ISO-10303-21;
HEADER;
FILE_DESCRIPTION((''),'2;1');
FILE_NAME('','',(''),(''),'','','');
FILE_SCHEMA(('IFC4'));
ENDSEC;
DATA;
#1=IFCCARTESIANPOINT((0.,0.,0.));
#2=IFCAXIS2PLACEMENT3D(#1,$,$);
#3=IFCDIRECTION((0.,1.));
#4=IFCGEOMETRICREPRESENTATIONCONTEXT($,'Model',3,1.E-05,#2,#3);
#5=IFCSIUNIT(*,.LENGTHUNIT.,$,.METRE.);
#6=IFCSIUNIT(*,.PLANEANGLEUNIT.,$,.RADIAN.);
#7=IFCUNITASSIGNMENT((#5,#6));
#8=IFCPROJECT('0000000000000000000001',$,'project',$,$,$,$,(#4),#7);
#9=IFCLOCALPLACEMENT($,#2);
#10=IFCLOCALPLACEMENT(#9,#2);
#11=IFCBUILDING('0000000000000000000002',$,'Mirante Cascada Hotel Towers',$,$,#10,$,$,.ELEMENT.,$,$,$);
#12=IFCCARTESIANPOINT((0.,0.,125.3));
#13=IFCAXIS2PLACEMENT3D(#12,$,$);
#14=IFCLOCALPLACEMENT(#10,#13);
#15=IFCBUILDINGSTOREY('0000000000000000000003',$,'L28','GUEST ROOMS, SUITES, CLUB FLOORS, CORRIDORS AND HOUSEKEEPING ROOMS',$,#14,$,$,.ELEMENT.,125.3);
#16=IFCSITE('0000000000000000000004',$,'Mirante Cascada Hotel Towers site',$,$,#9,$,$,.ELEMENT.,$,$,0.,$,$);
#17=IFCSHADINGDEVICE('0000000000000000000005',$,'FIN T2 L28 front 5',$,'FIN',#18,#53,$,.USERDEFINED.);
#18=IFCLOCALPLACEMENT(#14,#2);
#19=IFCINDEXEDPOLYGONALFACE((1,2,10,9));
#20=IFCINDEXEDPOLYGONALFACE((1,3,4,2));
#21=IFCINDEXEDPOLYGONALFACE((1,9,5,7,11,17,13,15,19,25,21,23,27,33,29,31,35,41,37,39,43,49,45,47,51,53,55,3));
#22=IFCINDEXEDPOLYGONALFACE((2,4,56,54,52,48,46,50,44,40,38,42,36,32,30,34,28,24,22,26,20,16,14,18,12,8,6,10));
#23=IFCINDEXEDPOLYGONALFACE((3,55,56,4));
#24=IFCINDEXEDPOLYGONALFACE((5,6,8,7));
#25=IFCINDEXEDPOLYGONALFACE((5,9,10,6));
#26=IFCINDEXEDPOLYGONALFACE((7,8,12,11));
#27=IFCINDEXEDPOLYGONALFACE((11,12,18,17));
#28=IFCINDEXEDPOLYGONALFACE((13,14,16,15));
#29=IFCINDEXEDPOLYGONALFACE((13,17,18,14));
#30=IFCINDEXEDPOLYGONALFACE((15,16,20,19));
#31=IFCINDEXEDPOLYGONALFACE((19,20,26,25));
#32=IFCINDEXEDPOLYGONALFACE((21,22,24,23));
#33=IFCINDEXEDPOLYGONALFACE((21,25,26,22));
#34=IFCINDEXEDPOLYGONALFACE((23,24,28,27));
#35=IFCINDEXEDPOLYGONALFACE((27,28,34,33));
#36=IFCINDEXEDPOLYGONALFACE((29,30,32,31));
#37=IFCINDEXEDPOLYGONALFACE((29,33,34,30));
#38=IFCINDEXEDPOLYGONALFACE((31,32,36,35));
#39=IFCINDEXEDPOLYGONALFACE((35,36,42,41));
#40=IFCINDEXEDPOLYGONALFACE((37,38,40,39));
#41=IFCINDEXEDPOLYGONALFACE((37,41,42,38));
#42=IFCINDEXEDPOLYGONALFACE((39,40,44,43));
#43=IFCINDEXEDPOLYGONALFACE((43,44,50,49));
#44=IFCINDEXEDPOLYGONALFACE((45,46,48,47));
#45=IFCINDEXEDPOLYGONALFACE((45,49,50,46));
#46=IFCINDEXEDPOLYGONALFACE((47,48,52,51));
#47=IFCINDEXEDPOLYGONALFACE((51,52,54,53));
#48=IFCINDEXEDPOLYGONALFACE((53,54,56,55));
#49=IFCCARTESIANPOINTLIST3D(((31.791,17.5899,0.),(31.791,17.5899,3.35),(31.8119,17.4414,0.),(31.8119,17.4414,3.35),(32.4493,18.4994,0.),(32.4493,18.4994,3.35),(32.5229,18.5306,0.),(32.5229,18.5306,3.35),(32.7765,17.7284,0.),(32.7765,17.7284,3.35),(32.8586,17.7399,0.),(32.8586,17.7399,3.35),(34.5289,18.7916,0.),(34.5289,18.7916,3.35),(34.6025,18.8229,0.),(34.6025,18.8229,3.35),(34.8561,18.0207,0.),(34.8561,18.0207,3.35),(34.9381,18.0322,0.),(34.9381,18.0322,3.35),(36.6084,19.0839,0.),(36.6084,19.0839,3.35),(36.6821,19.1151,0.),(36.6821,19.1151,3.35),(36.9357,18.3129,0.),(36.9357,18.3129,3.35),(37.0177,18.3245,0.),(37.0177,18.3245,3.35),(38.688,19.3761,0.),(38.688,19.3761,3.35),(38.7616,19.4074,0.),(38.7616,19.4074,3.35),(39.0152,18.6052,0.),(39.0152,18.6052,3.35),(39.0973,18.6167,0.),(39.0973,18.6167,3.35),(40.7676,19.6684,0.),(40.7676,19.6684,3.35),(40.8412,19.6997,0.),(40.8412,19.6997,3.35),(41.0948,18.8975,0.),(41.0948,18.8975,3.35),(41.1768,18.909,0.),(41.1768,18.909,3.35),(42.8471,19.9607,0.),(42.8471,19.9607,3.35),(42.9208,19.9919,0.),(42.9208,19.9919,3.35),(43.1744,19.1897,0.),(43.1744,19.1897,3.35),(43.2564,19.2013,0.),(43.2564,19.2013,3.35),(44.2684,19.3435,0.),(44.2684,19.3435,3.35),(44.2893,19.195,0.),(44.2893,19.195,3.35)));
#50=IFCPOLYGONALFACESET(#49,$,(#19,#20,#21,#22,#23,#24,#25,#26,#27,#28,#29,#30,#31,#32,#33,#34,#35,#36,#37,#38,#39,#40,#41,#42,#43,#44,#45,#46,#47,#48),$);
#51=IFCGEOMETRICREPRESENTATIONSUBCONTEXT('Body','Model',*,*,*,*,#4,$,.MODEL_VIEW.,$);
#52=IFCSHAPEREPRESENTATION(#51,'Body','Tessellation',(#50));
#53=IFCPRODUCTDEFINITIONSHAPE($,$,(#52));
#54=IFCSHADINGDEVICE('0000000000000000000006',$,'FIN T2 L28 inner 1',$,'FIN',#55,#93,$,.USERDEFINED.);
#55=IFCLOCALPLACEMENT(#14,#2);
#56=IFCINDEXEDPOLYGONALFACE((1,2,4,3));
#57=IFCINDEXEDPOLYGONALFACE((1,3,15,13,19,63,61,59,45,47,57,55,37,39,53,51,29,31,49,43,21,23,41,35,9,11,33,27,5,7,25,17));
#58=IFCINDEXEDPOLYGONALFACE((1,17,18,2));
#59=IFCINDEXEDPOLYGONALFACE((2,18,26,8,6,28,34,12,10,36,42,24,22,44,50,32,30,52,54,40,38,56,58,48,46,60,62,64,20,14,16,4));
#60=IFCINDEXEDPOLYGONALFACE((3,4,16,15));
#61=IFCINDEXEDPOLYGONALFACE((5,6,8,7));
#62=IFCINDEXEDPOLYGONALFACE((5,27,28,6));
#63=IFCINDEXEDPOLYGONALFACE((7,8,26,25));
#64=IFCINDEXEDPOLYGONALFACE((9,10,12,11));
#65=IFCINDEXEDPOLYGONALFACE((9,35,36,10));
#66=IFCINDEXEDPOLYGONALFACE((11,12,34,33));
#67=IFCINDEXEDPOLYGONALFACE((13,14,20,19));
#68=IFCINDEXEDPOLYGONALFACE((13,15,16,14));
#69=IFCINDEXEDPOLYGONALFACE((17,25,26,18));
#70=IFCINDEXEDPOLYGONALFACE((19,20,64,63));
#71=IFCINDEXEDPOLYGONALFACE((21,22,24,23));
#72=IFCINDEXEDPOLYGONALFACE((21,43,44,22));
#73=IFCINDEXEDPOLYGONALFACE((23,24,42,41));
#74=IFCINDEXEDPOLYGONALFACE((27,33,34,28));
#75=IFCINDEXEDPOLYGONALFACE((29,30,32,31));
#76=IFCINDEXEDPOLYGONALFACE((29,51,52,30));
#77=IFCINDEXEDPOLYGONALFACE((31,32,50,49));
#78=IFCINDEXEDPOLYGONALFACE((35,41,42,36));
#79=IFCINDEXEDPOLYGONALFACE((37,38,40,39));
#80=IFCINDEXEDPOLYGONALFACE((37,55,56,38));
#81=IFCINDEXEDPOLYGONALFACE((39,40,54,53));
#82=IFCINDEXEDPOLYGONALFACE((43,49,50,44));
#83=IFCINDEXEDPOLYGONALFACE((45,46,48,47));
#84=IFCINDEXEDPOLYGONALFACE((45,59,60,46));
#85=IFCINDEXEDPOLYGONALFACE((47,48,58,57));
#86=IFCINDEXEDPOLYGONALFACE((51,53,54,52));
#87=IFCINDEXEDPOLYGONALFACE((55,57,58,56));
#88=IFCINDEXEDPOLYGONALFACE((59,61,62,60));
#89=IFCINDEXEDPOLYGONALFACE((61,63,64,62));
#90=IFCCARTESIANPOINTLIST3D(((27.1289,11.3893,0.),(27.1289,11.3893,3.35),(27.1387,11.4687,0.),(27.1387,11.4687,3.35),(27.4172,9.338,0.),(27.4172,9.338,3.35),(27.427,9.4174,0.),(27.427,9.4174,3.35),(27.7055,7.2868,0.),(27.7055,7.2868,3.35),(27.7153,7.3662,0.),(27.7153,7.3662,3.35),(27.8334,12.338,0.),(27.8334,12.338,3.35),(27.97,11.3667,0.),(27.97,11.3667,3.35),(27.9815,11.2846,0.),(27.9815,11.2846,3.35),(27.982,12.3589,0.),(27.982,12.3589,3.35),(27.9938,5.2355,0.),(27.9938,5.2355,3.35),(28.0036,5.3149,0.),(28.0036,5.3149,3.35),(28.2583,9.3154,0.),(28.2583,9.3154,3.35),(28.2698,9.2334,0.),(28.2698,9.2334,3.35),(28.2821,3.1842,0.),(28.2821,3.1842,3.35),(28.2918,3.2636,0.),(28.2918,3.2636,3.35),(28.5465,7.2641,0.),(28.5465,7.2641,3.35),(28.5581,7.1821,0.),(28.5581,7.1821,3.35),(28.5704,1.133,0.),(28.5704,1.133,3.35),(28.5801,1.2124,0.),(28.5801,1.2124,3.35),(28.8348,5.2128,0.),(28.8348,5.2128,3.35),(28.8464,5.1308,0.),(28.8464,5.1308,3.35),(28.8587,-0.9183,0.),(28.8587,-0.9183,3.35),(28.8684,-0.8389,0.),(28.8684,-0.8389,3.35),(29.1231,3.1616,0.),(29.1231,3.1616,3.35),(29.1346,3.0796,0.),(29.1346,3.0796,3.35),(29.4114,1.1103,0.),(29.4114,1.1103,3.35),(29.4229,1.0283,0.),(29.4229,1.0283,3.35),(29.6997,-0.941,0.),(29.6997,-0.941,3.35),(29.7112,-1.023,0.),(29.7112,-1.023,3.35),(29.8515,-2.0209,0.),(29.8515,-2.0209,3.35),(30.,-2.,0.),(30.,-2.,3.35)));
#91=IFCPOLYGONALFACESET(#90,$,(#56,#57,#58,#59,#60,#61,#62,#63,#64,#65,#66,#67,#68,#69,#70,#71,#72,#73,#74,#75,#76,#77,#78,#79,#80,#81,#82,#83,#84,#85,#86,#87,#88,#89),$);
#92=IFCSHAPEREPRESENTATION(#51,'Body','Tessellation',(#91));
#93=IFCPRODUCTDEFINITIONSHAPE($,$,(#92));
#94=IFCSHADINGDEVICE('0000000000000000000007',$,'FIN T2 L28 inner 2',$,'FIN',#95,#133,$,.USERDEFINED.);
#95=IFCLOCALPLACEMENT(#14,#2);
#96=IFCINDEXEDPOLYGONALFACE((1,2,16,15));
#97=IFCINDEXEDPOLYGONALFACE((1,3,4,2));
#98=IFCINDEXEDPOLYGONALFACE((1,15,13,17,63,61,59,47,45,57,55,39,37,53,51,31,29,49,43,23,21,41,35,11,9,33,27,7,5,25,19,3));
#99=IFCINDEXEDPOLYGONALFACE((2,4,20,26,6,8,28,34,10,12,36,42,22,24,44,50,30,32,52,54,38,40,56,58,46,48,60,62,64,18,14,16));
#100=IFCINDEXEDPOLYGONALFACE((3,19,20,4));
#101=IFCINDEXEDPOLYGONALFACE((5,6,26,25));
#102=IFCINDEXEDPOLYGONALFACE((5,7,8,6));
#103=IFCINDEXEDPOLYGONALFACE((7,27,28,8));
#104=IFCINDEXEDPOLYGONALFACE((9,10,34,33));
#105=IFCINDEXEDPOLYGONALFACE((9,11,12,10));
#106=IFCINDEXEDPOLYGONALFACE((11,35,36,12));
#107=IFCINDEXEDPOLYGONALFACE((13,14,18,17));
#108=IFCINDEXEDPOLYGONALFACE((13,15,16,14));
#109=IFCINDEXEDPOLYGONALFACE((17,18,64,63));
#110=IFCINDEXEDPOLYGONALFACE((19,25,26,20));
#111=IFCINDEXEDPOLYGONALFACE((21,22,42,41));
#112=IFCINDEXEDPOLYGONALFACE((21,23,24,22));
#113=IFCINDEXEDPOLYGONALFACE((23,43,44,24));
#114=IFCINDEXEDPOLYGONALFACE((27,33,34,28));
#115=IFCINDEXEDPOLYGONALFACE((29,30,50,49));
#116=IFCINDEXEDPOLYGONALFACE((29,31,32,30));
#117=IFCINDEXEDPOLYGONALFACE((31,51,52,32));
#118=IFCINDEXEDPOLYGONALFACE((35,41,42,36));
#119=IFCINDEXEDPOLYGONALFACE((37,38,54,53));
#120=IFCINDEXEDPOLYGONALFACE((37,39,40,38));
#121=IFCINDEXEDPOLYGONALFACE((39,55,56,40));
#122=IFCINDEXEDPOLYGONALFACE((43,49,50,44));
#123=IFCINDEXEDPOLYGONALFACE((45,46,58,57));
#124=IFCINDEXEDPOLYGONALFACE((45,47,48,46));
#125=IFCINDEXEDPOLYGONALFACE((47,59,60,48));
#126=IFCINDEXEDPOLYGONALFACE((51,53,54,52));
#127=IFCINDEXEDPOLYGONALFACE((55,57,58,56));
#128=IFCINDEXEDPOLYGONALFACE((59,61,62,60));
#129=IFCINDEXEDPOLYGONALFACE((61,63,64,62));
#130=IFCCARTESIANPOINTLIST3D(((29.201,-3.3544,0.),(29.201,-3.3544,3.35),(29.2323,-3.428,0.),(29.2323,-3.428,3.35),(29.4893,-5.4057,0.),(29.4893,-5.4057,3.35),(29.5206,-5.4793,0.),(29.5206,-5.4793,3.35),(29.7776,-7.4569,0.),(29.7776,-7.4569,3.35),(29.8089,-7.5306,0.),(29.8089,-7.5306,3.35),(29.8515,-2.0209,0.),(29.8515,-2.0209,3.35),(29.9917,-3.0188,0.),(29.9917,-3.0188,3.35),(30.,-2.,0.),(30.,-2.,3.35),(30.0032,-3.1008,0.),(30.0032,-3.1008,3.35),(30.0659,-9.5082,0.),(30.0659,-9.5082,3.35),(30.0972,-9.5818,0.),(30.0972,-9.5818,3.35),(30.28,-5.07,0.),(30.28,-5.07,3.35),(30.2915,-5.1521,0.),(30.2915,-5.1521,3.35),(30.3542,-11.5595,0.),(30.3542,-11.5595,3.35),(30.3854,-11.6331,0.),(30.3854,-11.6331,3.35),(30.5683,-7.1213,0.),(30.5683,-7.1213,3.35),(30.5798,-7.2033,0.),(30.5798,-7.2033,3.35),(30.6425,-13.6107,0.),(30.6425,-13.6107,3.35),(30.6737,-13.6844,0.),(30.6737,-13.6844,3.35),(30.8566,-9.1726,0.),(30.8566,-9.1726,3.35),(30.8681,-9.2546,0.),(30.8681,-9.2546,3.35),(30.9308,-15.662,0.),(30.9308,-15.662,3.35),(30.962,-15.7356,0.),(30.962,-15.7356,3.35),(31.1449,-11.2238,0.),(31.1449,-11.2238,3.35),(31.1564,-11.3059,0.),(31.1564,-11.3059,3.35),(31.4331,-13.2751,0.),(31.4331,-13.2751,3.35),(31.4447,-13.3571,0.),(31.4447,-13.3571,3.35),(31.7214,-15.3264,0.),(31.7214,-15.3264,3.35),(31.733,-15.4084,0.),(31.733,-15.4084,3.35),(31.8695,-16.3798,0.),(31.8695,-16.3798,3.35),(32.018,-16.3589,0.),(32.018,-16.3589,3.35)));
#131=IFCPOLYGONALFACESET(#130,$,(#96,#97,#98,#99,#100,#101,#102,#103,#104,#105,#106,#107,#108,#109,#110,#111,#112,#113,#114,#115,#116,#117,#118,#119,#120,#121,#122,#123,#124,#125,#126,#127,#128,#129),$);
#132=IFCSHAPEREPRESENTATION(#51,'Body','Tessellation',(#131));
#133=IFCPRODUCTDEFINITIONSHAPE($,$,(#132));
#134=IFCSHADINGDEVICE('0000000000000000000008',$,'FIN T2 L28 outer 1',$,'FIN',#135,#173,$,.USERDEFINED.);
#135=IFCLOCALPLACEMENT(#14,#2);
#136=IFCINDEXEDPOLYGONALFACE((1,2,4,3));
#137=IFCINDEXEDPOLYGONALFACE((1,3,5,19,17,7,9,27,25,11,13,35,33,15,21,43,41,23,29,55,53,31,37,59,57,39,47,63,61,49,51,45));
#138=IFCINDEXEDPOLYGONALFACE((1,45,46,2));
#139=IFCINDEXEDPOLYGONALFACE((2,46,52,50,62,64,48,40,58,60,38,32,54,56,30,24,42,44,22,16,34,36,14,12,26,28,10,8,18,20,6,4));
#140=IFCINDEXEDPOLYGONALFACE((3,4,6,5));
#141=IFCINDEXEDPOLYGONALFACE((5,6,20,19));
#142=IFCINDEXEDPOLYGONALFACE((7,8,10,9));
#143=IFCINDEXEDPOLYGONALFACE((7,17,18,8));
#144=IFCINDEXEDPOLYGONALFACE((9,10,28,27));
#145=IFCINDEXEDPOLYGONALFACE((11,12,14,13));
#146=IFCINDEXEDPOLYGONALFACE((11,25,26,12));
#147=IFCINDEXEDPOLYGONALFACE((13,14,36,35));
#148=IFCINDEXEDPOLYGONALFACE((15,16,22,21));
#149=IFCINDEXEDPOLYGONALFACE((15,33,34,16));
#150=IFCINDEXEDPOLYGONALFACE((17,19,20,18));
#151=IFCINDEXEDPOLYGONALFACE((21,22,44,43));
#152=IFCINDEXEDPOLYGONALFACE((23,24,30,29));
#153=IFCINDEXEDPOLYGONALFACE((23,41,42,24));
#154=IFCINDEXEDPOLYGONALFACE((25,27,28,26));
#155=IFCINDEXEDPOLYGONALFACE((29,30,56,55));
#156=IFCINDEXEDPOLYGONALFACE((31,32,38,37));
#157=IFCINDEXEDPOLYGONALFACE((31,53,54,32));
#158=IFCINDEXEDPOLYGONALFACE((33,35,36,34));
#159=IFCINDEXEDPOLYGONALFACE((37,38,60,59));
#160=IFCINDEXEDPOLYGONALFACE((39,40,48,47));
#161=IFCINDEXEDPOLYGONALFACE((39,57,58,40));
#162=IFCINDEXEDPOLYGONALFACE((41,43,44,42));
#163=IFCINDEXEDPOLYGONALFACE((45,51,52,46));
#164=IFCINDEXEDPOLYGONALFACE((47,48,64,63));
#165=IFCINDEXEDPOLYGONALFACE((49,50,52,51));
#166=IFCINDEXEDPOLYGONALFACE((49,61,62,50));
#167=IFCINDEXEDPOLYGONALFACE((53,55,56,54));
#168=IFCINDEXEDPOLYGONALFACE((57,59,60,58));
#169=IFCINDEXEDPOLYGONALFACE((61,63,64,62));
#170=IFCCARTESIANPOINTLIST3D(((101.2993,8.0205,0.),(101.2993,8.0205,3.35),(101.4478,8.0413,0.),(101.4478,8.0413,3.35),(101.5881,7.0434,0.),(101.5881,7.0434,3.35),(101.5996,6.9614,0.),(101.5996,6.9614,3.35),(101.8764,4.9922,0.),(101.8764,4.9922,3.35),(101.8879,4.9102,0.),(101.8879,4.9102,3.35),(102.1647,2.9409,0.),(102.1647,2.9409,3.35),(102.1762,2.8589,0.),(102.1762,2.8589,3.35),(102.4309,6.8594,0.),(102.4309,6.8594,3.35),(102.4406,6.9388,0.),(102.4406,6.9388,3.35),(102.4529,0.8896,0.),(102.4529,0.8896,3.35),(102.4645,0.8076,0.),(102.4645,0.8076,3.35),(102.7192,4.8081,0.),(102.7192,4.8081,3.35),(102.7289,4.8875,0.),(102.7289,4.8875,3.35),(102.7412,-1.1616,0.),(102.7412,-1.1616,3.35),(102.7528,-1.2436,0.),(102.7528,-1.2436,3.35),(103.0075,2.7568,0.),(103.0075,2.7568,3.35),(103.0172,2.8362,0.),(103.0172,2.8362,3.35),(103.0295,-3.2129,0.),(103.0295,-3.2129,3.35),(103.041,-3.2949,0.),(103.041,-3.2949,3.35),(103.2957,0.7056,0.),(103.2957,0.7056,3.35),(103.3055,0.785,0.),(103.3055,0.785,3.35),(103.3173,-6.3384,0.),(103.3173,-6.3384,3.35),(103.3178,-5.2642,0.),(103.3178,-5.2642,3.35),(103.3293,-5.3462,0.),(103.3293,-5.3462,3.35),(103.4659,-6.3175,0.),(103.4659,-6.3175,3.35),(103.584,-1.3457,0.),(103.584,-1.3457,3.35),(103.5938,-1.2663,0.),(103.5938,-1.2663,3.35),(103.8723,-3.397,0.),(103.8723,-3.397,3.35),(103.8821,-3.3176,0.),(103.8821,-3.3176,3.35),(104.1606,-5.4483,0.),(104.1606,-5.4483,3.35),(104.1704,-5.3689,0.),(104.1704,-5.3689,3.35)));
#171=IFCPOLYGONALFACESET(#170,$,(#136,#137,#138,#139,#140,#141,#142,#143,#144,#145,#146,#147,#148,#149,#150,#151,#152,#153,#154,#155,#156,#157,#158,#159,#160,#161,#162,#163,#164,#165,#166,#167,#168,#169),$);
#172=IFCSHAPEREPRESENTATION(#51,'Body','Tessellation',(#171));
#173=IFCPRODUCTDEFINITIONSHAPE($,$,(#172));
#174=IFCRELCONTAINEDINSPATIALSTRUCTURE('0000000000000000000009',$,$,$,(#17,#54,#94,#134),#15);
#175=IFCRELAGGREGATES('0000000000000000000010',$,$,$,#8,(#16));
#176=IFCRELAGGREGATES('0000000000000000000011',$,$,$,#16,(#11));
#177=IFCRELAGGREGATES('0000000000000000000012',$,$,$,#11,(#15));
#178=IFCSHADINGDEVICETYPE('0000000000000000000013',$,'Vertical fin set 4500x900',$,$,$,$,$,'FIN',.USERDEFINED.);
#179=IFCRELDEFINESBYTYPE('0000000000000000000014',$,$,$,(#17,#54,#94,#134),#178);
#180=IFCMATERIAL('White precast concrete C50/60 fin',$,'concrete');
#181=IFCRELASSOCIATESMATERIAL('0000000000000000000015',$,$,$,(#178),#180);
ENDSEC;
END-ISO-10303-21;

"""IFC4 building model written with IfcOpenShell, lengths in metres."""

from ifc_helpers import new_model, si_unit, direction, frame, origin, place, context, subcontext, project, spatial, polyline, outline, extrude, material, type_object, element, save


model = new_model("IFC4")

# Units and contexts
model_context = context("Model", 3, precision=1e-05, world=origin(), true_north=direction((0.0, 1.0)))
body_context = subcontext(model_context, "Body", "Model", "MODEL_VIEW")
ifc_project = project(units=[si_unit("LENGTHUNIT", "METRE"), si_unit("PLANEANGLEUNIT", "RADIAN")], contexts=[model_context])

# Site, building, storey
site_placement = place(None, origin())
site = spatial("IfcSite", under=ifc_project, at=site_placement, Name="Mirante Cascada Hotel Towers site", CompositionType="ELEMENT", RefElevation=0.0)
building_placement = place(site_placement, origin())
building = spatial("IfcBuilding", under=site, at=building_placement, Name="Mirante Cascada Hotel Towers", CompositionType="ELEMENT")
storey_placement = place(building_placement, frame((0.0, 0.0, 125.3)))
storey = spatial("IfcBuildingStorey", under=building, at=storey_placement, Name="L28", Description="GUEST ROOMS, SUITES, CLUB FLOORS, CORRIDORS AND HOUSEKEEPING ROOMS", CompositionType="ELEMENT", Elevation=125.3)

# Shading devices
ifc_material_1 = material(Name="White precast concrete C50/60 fin", Category="concrete")
shading_device_type = type_object("IfcShadingDeviceType", Name="Vertical fin set 4500x900", ElementType="FIN", PredefinedType="USERDEFINED", material=ifc_material_1)
shading_device_1_placement = place(storey_placement, origin())
element("IfcShadingDevice", 1, at=shading_device_1_placement, inside=storey, type_object=shading_device_type, Name="FIN T2 L28 front 5", ObjectType="FIN", PredefinedType="USERDEFINED", context=body_context, shape_type="SweptSolid", body=[
    extrude(outline(polyline([(32.5229, 18.5306), (32.8586, 17.7399), (34.8561, 18.0207), (34.5289, 18.7916), (34.6025, 18.8229), (34.9381, 18.0322), (36.9357, 18.3129), (36.6084, 19.0839), (36.6821, 19.1151), (37.0177, 18.3245), (39.0152, 18.6052), (38.688, 19.3761), (38.7616, 19.4074), (39.0973, 18.6167), (41.0948, 18.8975), (40.7676, 19.6684), (40.8412, 19.6997), (41.1768, 18.909), (43.1744, 19.1897), (42.8471, 19.9607), (42.9208, 19.9919), (43.2564, 19.2013), (44.2684, 19.3435), (44.2893, 19.195), (31.8119, 17.4414), (31.791, 17.5899), (32.7765, 17.7284), (32.4493, 18.4994), (32.5229, 18.5306)])), origin(), (0.0, 0.0, 1.0), 3.35),
])
shading_device_2_placement = place(storey_placement, origin())
element("IfcShadingDevice", 2, at=shading_device_2_placement, inside=storey, type_object=shading_device_type, Name="FIN T2 L28 inner 1", ObjectType="FIN", PredefinedType="USERDEFINED", context=body_context, shape_type="SweptSolid", body=[
    extrude(outline(polyline([(28.8684, -0.8389), (29.6997, -0.941), (29.4229, 1.0283), (28.5704, 1.133), (28.5801, 1.2124), (29.4114, 1.1103), (29.1346, 3.0796), (28.2821, 3.1842), (28.2918, 3.2636), (29.1231, 3.1616), (28.8464, 5.1308), (27.9938, 5.2355), (28.0036, 5.3149), (28.8348, 5.2128), (28.5581, 7.1821), (27.7055, 7.2868), (27.7153, 7.3662), (28.5465, 7.2641), (28.2698, 9.2334), (27.4172, 9.338), (27.427, 9.4174), (28.2583, 9.3154), (27.9815, 11.2846), (27.1289, 11.3893), (27.1387, 11.4687), (27.97, 11.3667), (27.8334, 12.338), (27.982, 12.3589), (30.0, -2.0), (29.8515, -2.0209), (29.7112, -1.023), (28.8587, -0.9183), (28.8684, -0.8389)])), origin(), (0.0, 0.0, 1.0), 3.35),
])
shading_device_3_placement = place(storey_placement, origin())
element("IfcShadingDevice", 3, at=shading_device_3_placement, inside=storey, type_object=shading_device_type, Name="FIN T2 L28 inner 2", ObjectType="FIN", PredefinedType="USERDEFINED", context=body_context, shape_type="SweptSolid", body=[
    extrude(outline(polyline([(30.9308, -15.662), (31.7214, -15.3264), (31.4447, -13.3571), (30.6737, -13.6844), (30.6425, -13.6107), (31.4331, -13.2751), (31.1564, -11.3059), (30.3854, -11.6331), (30.3542, -11.5595), (31.1449, -11.2238), (30.8681, -9.2546), (30.0972, -9.5818), (30.0659, -9.5082), (30.8566, -9.1726), (30.5798, -7.2033), (29.8089, -7.5306), (29.7776, -7.4569), (30.5683, -7.1213), (30.2915, -5.1521), (29.5206, -5.4793), (29.4893, -5.4057), (30.28, -5.07), (30.0032, -3.1008), (29.2323, -3.428), (29.201, -3.3544), (29.9917, -3.0188), (29.8515, -2.0209), (30.0, -2.0), (32.018, -16.3589), (31.8695, -16.3798), (31.733, -15.4084), (30.962, -15.7356), (30.9308, -15.662)])), origin(), (0.0, 0.0, 1.0), 3.35),
])
shading_device_4_placement = place(storey_placement, origin())
element("IfcShadingDevice", 4, at=shading_device_4_placement, inside=storey, type_object=shading_device_type, Name="FIN T2 L28 outer 1", ObjectType="FIN", PredefinedType="USERDEFINED", context=body_context, shape_type="SweptSolid", body=[
    extrude(outline(polyline([(104.1606, -5.4483), (103.3293, -5.3462), (103.4659, -6.3175), (103.3173, -6.3384), (101.2993, 8.0205), (101.4478, 8.0413), (101.5881, 7.0434), (102.4406, 6.9388), (102.4309, 6.8594), (101.5996, 6.9614), (101.8764, 4.9922), (102.7289, 4.8875), (102.7192, 4.8081), (101.8879, 4.9102), (102.1647, 2.9409), (103.0172, 2.8362), (103.0075, 2.7568), (102.1762, 2.8589), (102.4529, 0.8896), (103.3055, 0.785), (103.2957, 0.7056), (102.4645, 0.8076), (102.7412, -1.1616), (103.5938, -1.2663), (103.584, -1.3457), (102.7528, -1.2436), (103.0295, -3.2129), (103.8821, -3.3176), (103.8723, -3.397), (103.041, -3.2949), (103.3178, -5.2642), (104.1704, -5.3689), (104.1606, -5.4483)])), origin(), (0.0, 0.0, 1.0), 3.35),
])

save(model, "model.ifc")
